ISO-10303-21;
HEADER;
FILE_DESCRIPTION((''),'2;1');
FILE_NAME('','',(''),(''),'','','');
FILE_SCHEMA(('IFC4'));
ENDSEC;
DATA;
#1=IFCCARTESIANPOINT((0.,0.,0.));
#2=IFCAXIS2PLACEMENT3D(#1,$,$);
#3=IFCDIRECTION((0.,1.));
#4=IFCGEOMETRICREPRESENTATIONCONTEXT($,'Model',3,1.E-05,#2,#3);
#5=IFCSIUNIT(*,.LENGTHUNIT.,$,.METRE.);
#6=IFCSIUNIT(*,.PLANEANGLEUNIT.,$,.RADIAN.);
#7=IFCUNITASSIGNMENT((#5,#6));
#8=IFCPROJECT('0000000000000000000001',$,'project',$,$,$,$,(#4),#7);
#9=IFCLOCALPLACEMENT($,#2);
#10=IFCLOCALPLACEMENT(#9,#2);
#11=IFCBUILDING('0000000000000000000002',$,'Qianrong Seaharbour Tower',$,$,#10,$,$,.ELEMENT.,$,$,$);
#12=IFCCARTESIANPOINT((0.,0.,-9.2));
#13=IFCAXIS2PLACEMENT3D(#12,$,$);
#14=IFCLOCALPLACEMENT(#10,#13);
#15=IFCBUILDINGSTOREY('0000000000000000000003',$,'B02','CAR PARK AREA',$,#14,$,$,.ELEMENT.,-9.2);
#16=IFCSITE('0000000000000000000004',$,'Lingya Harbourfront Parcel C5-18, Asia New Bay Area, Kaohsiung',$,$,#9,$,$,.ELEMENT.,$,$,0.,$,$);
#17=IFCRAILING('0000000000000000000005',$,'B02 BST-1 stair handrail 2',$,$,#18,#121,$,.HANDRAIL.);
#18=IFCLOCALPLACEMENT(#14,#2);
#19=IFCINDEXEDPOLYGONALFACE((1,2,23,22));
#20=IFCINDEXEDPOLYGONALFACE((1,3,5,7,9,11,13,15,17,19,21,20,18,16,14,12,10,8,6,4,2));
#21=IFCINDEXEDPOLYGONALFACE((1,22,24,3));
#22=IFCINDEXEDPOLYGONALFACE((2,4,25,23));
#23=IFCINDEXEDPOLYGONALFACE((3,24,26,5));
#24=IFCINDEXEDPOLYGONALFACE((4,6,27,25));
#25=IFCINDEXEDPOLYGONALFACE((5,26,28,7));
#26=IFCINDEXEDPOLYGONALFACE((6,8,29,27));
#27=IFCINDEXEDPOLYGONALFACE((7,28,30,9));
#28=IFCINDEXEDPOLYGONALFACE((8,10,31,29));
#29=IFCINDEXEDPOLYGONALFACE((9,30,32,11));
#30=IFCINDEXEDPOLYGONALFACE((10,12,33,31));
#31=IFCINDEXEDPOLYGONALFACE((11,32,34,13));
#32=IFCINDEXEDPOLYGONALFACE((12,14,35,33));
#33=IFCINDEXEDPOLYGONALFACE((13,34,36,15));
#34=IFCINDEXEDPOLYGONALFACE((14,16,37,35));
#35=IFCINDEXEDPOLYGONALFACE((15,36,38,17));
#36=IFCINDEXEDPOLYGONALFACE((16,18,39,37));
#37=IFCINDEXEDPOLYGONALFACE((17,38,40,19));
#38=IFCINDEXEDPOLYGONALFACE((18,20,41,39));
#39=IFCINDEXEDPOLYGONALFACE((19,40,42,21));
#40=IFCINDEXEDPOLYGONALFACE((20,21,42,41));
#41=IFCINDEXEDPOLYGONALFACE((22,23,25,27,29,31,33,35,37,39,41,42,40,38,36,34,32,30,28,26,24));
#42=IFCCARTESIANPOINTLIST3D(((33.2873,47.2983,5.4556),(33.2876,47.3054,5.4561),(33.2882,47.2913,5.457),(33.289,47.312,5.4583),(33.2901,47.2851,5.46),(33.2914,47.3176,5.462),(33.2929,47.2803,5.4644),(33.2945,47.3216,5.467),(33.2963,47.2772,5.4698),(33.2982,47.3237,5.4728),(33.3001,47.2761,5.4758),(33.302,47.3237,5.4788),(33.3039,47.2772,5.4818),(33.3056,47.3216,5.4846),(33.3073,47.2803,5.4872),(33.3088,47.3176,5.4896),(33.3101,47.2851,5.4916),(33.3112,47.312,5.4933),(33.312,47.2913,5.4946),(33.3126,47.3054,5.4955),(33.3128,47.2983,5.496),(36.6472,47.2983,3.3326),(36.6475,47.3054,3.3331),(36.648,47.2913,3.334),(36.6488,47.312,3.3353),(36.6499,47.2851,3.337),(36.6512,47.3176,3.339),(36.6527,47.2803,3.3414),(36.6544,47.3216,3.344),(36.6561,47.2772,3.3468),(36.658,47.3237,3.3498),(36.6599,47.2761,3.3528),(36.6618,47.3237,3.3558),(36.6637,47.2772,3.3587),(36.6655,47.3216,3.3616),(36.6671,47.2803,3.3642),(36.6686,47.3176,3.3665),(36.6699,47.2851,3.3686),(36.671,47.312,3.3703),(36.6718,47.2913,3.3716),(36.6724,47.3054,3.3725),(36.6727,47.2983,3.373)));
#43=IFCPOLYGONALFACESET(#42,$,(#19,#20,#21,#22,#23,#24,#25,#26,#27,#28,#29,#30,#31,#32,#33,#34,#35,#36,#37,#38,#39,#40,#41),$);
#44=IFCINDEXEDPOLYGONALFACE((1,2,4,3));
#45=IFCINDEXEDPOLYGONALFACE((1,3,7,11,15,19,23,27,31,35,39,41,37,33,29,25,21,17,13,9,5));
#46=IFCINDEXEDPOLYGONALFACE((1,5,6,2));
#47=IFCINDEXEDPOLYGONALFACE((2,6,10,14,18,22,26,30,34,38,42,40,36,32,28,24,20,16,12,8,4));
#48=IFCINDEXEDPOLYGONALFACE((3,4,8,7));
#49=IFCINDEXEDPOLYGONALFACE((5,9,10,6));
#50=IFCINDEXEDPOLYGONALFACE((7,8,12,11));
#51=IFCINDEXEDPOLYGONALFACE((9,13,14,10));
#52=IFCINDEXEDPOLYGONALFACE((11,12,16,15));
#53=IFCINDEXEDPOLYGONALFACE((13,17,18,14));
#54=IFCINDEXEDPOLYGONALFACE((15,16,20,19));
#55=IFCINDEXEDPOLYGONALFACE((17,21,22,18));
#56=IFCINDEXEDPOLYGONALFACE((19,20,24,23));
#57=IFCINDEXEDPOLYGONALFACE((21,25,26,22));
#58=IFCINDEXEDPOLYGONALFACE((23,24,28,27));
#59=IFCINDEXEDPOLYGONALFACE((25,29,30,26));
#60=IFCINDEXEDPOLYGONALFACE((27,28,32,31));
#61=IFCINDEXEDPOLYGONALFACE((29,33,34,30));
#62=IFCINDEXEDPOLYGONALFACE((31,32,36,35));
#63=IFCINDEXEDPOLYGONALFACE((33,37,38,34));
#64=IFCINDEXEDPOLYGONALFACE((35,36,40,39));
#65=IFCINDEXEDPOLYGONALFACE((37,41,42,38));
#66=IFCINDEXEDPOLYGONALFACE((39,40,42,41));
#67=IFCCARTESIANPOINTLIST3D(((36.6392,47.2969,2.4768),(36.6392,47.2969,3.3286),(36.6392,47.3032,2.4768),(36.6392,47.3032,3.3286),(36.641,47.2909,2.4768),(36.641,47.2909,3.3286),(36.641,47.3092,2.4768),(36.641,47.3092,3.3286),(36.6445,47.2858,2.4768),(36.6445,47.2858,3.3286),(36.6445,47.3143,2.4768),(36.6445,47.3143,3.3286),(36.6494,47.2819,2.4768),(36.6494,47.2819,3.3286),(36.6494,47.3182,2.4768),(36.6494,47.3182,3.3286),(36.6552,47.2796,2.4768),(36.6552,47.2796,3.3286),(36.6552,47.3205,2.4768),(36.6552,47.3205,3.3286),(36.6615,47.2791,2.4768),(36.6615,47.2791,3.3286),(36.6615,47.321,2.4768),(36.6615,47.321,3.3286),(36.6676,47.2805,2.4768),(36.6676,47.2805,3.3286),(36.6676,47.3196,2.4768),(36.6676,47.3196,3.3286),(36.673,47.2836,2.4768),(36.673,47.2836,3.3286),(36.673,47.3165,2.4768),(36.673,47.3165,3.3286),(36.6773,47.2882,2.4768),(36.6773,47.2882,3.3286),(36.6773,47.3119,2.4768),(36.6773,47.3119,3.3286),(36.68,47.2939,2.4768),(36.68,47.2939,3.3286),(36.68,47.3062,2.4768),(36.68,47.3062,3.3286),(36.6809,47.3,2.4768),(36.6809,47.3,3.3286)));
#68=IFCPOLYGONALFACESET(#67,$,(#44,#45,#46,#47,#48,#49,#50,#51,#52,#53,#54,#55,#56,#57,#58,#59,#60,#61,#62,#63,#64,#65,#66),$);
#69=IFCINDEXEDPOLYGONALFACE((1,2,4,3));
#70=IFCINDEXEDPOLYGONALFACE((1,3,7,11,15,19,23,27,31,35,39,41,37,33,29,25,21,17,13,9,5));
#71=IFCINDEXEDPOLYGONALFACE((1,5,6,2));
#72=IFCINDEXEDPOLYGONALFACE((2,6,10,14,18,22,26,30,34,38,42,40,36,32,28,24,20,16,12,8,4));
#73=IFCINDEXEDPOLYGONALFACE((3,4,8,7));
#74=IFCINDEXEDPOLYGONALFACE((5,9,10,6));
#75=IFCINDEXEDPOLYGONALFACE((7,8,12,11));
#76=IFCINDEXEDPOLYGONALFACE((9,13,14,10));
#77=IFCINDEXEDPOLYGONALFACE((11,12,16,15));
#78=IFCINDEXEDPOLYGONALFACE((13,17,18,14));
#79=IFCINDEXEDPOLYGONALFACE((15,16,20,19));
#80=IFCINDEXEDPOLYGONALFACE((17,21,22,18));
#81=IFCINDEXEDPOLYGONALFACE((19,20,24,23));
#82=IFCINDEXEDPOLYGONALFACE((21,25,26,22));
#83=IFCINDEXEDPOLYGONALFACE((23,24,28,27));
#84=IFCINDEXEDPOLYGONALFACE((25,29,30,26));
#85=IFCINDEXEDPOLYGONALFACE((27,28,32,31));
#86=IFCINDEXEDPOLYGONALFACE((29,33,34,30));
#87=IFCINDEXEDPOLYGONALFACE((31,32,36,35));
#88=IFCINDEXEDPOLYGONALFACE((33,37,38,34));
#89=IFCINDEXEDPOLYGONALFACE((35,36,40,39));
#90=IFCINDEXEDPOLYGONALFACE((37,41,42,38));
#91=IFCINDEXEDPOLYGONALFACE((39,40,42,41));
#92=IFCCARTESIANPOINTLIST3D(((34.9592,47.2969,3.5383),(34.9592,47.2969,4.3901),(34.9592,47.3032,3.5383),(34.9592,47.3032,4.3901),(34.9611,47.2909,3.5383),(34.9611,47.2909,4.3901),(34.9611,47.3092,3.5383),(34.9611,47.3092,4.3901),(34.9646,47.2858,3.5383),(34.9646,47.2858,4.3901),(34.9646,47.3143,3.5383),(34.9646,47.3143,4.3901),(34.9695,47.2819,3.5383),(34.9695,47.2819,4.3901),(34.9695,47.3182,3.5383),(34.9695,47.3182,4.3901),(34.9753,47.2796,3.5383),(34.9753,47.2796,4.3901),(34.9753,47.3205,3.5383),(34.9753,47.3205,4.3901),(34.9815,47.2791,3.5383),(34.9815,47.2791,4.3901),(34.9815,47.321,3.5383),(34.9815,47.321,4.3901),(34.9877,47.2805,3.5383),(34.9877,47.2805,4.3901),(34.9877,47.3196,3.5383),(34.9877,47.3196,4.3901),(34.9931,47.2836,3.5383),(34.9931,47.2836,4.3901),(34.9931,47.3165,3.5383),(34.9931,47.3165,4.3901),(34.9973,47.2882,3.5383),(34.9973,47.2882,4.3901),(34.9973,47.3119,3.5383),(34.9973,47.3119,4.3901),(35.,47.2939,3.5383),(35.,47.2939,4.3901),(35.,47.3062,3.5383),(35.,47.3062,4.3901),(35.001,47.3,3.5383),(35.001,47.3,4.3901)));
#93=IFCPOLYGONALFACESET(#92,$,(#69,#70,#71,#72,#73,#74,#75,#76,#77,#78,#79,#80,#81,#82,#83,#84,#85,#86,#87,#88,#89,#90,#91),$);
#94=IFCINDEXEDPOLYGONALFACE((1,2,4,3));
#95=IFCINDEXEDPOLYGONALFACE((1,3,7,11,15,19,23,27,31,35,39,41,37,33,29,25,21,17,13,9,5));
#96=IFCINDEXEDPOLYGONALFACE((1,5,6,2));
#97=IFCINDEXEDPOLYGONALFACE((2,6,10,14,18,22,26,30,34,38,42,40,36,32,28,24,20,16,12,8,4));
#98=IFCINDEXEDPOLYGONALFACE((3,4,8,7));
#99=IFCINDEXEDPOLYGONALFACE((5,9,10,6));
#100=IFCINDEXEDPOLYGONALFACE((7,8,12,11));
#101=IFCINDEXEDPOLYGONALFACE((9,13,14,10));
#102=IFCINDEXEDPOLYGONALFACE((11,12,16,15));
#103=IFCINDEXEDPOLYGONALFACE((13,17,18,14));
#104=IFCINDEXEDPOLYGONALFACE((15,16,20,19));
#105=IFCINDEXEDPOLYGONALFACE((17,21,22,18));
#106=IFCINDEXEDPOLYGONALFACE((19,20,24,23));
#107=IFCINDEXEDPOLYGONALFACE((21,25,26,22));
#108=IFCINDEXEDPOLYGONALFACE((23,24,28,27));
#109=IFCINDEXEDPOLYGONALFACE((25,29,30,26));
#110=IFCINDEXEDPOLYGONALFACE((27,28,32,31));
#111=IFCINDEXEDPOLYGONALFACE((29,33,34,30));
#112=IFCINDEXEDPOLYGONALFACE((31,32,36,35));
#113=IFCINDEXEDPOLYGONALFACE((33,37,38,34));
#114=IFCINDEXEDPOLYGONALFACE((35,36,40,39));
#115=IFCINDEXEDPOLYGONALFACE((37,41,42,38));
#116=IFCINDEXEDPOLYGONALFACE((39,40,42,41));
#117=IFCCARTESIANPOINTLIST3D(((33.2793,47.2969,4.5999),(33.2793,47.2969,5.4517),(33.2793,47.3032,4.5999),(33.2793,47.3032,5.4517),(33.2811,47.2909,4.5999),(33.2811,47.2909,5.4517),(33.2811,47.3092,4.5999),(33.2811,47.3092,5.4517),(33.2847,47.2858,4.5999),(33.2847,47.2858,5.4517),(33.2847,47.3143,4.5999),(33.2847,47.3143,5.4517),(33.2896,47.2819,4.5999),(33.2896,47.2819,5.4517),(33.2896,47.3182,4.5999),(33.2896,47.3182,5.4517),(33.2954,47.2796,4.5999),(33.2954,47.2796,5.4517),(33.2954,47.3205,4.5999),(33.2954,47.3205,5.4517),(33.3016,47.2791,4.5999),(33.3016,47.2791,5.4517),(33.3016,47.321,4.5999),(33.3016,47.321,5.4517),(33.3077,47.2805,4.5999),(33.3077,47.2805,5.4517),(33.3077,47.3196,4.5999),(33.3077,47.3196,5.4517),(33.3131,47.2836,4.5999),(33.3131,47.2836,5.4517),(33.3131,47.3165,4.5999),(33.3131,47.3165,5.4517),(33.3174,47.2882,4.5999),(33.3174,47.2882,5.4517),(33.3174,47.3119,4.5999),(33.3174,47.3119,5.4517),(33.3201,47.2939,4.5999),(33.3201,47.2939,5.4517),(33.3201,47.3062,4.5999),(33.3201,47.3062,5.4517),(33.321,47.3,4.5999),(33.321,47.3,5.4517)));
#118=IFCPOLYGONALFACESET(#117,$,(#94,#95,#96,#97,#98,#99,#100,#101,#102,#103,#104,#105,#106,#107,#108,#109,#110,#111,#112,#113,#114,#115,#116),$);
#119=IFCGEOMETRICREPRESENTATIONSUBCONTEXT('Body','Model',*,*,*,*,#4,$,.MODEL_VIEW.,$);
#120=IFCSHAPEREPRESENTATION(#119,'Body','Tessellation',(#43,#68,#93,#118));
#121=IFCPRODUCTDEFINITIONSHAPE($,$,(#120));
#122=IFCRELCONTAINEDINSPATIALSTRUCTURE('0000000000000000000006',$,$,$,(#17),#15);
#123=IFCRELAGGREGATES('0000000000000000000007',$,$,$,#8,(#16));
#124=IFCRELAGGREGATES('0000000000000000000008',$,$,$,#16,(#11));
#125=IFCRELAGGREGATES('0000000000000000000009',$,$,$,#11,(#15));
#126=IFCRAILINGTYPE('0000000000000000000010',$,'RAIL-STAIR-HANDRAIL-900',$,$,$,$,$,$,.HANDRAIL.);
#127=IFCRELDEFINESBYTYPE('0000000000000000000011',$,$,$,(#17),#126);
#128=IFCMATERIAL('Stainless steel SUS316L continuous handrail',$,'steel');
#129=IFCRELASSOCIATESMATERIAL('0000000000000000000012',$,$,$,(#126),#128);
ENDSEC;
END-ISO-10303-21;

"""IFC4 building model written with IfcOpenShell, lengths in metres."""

from ifc_helpers import new_model, si_unit, direction, frame, origin, origin_2d, place, context, subcontext, project, spatial, circle, extrude, material, type_object, element, save


model = new_model("IFC4")

# Units and contexts
model_context = context("Model", 3, precision=1e-05, world=origin(), true_north=direction((0.0, 1.0)))
body_context = subcontext(model_context, "Body", "Model", "MODEL_VIEW")
ifc_project = project(units=[si_unit("LENGTHUNIT", "METRE"), si_unit("PLANEANGLEUNIT", "RADIAN")], contexts=[model_context])

# Site, building, storey
site_placement = place(None, origin())
site = spatial("IfcSite", under=ifc_project, at=site_placement, Name="Lingya Harbourfront Parcel C5-18, Asia New Bay Area, Kaohsiung", CompositionType="ELEMENT", RefElevation=0.0)
building_placement = place(site_placement, origin())
building = spatial("IfcBuilding", under=site, at=building_placement, Name="Qianrong Seaharbour Tower", CompositionType="ELEMENT")
storey_placement = place(building_placement, frame((0.0, 0.0, -9.2)))
storey = spatial("IfcBuildingStorey", under=building, at=storey_placement, Name="B02", Description="CAR PARK AREA", CompositionType="ELEMENT", Elevation=-9.2)

# Railing
ifc_material_1 = material(Name="Stainless steel SUS316L continuous handrail", Category="steel")
railing_type_1 = type_object("IfcRailingType", Name="RAIL-STAIR-HANDRAIL-900", PredefinedType="HANDRAIL", material=ifc_material_1)
railing_1_placement = place(storey_placement, frame((36.6599, 47.3, 2.4768)))
element("IfcRailing", 1, at=railing_1_placement, inside=storey, type_object=railing_type_1, Name="B02 BST-1 stair handrail 2", PredefinedType="HANDRAIL", context=body_context, shape_type="SweptSolid", body=[
    extrude(circle(Radius=0.0239, at=origin_2d()), frame((0.0, 0.0, 0.876), z_axis=(-0.845372, 0.0, 0.534178), x_axis=(0.0, -1.0, 0.0)), (0.0, 0.0, 1.0), 3.9744),
    extrude(circle(Radius=0.021, at=origin_2d()), origin(), (0.0, 0.0, 1.0), 0.8518),
    extrude(circle(Radius=0.021, at=origin_2d()), frame((-1.6799, 0.0, 1.0615)), (0.0, 0.0, 1.0), 0.8518),
    extrude(circle(Radius=0.021, at=origin_2d()), frame((-3.3599, 0.0, 2.123)), (0.0, 0.0, 1.0), 0.8518),
])

save(model, "model.ifc")
